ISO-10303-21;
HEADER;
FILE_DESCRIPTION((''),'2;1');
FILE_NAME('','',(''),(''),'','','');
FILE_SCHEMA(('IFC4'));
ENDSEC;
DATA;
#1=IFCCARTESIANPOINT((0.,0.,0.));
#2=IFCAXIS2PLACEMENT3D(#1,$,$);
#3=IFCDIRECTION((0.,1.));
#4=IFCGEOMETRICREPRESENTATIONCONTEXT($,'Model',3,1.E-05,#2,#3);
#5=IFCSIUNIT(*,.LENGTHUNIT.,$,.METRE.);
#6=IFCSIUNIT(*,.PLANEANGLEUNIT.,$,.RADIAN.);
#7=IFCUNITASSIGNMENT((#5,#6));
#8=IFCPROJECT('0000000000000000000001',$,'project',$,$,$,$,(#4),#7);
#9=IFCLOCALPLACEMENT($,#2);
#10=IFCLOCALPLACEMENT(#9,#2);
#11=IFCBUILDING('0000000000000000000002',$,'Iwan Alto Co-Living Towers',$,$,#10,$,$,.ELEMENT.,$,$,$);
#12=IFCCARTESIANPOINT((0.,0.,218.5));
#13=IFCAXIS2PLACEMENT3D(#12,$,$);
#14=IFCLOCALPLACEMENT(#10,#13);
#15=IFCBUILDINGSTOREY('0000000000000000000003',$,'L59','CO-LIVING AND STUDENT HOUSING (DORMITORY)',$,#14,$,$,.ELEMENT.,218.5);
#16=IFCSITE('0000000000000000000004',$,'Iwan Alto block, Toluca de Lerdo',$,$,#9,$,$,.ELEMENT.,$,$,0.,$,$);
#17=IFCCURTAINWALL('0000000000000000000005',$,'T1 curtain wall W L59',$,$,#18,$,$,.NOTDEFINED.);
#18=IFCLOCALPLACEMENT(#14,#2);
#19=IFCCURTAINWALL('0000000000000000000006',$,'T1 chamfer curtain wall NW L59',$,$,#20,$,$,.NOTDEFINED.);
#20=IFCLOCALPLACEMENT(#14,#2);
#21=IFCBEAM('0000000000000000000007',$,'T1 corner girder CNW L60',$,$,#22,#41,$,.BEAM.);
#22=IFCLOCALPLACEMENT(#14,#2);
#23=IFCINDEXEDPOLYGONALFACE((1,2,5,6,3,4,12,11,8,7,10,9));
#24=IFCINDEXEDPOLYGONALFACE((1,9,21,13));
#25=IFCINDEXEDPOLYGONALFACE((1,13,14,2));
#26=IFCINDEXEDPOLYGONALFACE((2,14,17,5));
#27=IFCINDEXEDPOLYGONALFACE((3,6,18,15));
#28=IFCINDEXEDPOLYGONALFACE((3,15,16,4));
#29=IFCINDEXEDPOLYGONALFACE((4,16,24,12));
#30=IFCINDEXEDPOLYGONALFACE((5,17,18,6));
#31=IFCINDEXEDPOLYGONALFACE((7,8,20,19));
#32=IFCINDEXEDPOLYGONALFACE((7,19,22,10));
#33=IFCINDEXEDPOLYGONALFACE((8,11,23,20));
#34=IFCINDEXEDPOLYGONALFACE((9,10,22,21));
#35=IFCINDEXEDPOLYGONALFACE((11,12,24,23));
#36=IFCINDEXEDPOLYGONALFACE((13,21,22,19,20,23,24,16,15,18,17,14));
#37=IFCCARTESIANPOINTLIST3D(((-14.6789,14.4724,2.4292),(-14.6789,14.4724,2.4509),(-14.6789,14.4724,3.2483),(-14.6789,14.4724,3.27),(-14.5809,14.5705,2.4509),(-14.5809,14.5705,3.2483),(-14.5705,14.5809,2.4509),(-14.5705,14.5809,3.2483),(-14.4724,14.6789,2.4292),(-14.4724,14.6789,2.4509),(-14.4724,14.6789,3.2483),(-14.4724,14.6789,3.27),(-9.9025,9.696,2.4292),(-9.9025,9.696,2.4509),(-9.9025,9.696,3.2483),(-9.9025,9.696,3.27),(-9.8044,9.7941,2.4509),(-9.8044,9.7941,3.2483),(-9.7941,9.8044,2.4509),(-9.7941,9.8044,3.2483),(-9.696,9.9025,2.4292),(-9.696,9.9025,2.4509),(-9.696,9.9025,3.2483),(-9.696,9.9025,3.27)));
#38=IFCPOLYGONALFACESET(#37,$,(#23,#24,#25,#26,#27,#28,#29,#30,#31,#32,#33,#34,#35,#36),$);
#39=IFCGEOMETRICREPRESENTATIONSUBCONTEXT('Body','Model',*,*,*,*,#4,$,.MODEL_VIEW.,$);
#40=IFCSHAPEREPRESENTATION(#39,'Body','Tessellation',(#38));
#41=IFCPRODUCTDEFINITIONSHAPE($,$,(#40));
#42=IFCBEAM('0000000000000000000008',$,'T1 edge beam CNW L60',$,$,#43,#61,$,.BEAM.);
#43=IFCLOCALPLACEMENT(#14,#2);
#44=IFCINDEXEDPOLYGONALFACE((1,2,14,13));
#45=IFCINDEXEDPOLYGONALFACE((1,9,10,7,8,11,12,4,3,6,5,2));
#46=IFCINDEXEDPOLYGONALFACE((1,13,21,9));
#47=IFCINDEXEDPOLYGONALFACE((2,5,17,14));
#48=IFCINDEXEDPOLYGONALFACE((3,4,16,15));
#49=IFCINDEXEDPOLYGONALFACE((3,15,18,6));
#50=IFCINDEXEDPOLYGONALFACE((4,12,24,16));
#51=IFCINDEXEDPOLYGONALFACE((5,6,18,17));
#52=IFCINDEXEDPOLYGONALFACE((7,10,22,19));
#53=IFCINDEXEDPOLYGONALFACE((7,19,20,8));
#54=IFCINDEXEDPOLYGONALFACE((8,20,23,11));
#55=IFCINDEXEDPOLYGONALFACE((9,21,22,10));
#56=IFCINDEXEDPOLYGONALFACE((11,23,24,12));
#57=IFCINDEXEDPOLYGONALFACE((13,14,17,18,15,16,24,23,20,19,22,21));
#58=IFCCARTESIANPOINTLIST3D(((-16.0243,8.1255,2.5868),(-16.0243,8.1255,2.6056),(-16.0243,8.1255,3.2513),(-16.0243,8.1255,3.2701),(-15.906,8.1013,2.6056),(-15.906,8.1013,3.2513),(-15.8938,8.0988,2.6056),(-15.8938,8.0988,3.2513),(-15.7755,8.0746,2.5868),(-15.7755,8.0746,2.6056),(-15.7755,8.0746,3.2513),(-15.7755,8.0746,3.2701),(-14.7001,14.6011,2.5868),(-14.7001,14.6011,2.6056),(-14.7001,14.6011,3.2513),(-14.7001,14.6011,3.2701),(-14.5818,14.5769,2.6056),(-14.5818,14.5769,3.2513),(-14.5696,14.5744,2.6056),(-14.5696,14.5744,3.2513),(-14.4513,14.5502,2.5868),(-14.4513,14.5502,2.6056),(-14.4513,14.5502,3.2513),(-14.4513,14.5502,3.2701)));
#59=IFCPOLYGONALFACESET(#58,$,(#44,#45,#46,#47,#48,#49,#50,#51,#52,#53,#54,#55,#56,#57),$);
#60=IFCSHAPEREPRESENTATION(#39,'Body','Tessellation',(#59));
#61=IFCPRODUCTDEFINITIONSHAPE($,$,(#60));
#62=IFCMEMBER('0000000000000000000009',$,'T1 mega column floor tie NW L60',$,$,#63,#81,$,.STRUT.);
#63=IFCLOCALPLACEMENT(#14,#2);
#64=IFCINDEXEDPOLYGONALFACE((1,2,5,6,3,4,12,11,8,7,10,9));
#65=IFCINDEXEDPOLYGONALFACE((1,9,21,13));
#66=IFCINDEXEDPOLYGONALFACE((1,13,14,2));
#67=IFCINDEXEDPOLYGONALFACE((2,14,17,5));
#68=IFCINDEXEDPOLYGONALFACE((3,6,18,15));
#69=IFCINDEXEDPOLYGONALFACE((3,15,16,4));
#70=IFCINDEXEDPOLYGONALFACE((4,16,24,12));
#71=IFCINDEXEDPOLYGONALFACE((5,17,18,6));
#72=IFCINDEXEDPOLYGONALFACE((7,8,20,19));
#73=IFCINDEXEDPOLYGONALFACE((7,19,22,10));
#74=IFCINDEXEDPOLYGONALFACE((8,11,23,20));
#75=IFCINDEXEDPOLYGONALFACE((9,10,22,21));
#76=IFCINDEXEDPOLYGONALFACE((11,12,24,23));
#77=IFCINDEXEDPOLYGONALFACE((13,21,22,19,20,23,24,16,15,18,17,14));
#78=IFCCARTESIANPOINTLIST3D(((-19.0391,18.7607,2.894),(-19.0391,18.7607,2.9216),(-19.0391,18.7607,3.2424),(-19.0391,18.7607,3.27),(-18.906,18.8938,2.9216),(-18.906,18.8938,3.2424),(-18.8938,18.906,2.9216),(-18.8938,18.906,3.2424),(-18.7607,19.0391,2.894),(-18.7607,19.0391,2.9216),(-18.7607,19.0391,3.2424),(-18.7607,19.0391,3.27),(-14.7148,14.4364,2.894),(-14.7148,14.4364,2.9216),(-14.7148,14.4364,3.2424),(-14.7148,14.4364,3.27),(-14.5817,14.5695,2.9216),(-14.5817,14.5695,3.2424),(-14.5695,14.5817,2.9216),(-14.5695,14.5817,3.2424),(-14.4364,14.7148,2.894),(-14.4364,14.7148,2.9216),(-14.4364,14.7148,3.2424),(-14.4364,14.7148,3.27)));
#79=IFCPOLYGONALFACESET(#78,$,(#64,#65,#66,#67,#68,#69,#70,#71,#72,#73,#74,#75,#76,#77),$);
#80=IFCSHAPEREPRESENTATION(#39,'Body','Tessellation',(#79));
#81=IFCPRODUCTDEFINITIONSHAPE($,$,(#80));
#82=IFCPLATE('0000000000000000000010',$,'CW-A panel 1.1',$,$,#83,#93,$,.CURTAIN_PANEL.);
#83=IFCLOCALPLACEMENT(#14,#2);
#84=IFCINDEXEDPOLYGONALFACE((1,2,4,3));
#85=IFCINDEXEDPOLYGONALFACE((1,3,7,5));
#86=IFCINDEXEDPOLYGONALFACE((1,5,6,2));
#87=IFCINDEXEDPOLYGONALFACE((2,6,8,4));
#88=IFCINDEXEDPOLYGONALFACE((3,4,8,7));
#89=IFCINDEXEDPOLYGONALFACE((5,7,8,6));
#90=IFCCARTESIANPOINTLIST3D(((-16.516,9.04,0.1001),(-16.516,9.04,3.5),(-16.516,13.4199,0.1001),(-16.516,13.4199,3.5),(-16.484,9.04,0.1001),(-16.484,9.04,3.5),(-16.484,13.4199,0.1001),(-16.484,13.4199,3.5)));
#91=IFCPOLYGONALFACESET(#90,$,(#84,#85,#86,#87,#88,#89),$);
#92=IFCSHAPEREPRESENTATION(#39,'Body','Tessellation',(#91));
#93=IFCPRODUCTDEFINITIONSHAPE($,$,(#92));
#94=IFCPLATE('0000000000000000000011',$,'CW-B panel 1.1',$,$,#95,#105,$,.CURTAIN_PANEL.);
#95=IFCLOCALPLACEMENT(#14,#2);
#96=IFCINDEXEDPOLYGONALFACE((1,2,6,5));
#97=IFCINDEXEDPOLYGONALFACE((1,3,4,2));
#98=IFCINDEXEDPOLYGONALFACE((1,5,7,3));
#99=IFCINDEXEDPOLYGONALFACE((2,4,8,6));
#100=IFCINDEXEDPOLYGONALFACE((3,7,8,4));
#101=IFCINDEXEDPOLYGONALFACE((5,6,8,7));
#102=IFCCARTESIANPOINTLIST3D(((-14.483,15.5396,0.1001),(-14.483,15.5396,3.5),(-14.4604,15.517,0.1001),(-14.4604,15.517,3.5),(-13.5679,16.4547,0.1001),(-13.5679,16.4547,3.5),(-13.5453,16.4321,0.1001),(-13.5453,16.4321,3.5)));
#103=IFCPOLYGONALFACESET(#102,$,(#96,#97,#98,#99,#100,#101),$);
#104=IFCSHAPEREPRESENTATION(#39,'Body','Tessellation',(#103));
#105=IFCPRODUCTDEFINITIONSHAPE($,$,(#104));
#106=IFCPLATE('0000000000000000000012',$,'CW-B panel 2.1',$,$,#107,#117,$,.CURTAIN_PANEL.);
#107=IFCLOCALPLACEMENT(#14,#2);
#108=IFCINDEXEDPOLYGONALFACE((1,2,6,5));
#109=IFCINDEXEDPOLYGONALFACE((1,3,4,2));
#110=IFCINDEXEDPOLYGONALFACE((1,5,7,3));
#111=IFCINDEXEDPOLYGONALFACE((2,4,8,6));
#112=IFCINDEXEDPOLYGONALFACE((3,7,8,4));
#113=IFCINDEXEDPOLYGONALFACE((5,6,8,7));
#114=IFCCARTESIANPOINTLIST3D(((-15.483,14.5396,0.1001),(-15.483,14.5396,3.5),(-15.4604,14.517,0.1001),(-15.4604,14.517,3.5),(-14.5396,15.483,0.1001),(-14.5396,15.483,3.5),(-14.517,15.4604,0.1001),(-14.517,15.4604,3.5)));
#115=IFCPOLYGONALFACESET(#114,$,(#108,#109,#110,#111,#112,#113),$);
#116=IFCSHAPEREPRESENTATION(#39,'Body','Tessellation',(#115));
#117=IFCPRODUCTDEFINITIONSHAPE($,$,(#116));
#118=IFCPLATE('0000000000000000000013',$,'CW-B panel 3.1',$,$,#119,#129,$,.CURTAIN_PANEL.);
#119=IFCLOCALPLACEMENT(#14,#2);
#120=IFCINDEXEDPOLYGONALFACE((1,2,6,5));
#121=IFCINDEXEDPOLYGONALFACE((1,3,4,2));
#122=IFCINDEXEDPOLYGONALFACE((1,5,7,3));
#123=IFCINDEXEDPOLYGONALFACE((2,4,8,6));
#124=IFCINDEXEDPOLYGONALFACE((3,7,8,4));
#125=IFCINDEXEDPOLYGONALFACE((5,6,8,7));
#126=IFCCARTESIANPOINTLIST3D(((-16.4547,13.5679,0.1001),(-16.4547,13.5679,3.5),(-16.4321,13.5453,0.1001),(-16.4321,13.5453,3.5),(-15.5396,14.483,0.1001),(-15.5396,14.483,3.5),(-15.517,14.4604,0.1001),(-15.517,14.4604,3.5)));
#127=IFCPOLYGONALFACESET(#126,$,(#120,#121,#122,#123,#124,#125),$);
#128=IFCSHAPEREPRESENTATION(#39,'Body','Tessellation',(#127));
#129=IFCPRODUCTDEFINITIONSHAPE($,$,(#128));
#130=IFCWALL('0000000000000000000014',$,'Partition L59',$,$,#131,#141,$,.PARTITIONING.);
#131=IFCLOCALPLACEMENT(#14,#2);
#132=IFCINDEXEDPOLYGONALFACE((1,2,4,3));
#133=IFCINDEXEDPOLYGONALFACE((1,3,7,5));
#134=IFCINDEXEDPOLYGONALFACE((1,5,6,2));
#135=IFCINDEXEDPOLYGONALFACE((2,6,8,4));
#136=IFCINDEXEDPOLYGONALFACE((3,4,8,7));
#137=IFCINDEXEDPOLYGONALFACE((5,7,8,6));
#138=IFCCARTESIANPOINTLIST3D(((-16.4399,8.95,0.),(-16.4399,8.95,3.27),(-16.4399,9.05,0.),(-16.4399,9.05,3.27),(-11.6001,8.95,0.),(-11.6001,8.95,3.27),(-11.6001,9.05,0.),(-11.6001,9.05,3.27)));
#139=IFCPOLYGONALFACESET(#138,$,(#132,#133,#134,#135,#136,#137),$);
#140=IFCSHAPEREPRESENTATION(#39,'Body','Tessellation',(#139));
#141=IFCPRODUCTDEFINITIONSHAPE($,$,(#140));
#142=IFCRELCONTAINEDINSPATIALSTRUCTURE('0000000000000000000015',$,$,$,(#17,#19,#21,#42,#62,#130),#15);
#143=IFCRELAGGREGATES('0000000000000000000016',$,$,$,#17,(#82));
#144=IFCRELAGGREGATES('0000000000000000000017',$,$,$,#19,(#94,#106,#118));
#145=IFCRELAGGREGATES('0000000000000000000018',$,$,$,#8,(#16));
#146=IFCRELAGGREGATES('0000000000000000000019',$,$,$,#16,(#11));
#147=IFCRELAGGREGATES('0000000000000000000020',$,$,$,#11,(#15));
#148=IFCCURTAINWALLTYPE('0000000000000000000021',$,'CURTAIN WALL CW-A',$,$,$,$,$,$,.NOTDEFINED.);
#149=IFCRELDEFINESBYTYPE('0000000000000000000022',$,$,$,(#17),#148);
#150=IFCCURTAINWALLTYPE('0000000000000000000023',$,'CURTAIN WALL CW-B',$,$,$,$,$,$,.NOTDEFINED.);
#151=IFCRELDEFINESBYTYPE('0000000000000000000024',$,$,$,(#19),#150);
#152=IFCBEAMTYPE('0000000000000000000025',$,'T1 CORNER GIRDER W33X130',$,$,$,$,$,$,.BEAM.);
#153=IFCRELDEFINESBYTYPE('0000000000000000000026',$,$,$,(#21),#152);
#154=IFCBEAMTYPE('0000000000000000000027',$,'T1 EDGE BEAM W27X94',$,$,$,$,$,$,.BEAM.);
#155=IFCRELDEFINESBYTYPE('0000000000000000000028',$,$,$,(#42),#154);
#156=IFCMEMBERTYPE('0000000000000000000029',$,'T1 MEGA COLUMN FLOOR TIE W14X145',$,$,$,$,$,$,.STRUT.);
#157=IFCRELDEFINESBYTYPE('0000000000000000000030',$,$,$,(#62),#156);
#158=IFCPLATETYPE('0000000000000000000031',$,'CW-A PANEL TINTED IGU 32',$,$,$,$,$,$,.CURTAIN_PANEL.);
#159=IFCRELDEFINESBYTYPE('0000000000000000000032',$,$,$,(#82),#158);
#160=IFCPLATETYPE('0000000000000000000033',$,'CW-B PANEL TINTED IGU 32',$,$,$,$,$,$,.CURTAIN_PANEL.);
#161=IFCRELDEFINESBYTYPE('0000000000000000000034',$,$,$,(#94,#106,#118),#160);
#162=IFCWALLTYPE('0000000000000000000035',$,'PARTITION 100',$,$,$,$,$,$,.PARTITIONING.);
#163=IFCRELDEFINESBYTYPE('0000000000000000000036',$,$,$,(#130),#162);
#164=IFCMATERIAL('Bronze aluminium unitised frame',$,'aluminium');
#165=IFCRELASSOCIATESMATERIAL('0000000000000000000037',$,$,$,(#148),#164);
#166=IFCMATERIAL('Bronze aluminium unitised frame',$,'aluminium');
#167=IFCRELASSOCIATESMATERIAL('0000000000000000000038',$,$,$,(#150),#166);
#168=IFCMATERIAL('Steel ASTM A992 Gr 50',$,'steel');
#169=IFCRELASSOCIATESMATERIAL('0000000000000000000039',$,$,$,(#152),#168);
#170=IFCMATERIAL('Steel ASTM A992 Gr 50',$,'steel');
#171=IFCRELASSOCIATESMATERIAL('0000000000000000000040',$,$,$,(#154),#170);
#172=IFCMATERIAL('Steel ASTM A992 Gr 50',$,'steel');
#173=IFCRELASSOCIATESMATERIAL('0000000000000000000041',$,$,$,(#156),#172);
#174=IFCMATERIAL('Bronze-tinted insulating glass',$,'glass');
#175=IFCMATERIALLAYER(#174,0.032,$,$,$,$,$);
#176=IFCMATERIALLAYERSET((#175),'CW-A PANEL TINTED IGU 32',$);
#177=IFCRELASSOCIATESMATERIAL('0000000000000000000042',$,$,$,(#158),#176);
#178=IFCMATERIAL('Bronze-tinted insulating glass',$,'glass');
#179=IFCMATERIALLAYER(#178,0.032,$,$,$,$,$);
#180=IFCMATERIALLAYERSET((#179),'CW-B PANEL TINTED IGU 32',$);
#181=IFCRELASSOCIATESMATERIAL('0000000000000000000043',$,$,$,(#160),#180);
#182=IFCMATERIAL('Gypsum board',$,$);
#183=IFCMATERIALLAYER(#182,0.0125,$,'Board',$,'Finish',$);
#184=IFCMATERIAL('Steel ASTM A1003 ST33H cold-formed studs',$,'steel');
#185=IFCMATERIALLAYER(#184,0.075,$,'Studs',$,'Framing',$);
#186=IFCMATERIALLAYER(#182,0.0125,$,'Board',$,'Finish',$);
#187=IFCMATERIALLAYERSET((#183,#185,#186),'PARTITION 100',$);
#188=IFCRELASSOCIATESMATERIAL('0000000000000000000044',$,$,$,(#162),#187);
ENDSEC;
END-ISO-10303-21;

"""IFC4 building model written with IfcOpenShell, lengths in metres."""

from ifc_helpers import new_model, si_unit, direction, frame, frame_2d, origin, origin_2d, place, context, subcontext, project, spatial, rectangle, i_section, extrude, material, layer, layer_set, material_profile, profile_set, type_object, element, aggregate, save


model = new_model("IFC4")

# Units and contexts
model_context = context("Model", 3, precision=1e-05, world=origin(), true_north=direction((0.0, 1.0)))
body_context = subcontext(model_context, "Body", "Model", "MODEL_VIEW")
ifc_project = project(units=[si_unit("LENGTHUNIT", "METRE"), si_unit("PLANEANGLEUNIT", "RADIAN")], contexts=[model_context])

# Site, building, storey
site_placement = place(None, origin())
site = spatial("IfcSite", under=ifc_project, at=site_placement, Name="Iwan Alto block, Toluca de Lerdo", CompositionType="ELEMENT", RefElevation=0.0)
building_placement = place(site_placement, origin())
building = spatial("IfcBuilding", under=site, at=building_placement, Name="Iwan Alto Co-Living Towers", CompositionType="ELEMENT")
storey_placement = place(building_placement, frame((0.0, 0.0, 218.5)))
storey = spatial("IfcBuildingStorey", under=building, at=storey_placement, Name="L59", Description="CO-LIVING AND STUDENT HOUSING (DORMITORY)", CompositionType="ELEMENT", Elevation=218.5)

# Curtain walls
ifc_material_1 = material(Name="Bronze aluminium unitised frame", Category="aluminium")
curtain_wall_type_1 = type_object("IfcCurtainWallType", Name="CURTAIN WALL CW-A", PredefinedType="NOTDEFINED", material=ifc_material_1)
curtain_wall_1_placement = place(storey_placement, origin())
curtain_wall_1 = element("IfcCurtainWall", 1, at=curtain_wall_1_placement, inside=storey, type_object=curtain_wall_type_1, Name="T1 curtain wall W L59", PredefinedType="NOTDEFINED")
ifc_material_2 = material(Name="Bronze aluminium unitised frame", Category="aluminium")
curtain_wall_type_2 = type_object("IfcCurtainWallType", Name="CURTAIN WALL CW-B", PredefinedType="NOTDEFINED", material=ifc_material_2)
curtain_wall_2_placement = place(storey_placement, origin())
curtain_wall_2 = element("IfcCurtainWall", 2, at=curtain_wall_2_placement, inside=storey, type_object=curtain_wall_type_2, Name="T1 chamfer curtain wall NW L59", PredefinedType="NOTDEFINED")

# Beams
ifc_material_3 = material(Name="Steel ASTM A992 Gr 50", Category="steel")
ifc_material_profile_1 = material_profile(ifc_material_3, i_section(OverallWidth=0.292, OverallDepth=0.8408, WebThickness=0.0146, FlangeThickness=0.0217, at=origin_2d()), Name="W33X130")
ifc_profile_set_1 = profile_set([ifc_material_profile_1], Name="Steel ASTM A992 Gr 50")
beam_type_1 = type_object("IfcBeamType", Name="T1 CORNER GIRDER W33X130", PredefinedType="BEAM", material=ifc_profile_set_1)
beam_1_placement = place(storey_placement, frame((-14.5757, 14.5757, 2.8496), z_axis=(0.707107, -0.707107, 0.0), x_axis=(0.707107, 0.707107, 0.0)))
element("IfcBeam", 3, at=beam_1_placement, inside=storey, type_object=beam_type_1, Name="T1 corner girder CNW L60", PredefinedType="BEAM", context=body_context, shape_type="SweptSolid", body=[
    extrude(i_section(OverallWidth=0.292, OverallDepth=0.8408, WebThickness=0.0146, FlangeThickness=0.0217, at=origin_2d()), origin(), (0.0, 0.0, 1.0), 6.7549),
])
ifc_material_4 = material(Name="Steel ASTM A992 Gr 50", Category="steel")
ifc_material_profile_2 = material_profile(ifc_material_4, i_section(OverallWidth=0.2539, OverallDepth=0.6833, WebThickness=0.0125, FlangeThickness=0.0188, at=origin_2d()), Name="W27X94")
ifc_profile_set_2 = profile_set([ifc_material_profile_2], Name="Steel ASTM A992 Gr 50")
beam_type_2 = type_object("IfcBeamType", Name="T1 EDGE BEAM W27X94", PredefinedType="BEAM", material=ifc_profile_set_2)
beam_2_placement = place(storey_placement, frame((-14.5757, 14.5757, 2.9285), z_axis=(-0.200348, -0.979725, 0.0), x_axis=(0.979725, -0.200348, 0.0)))
element("IfcBeam", 4, at=beam_2_placement, inside=storey, type_object=beam_type_2, Name="T1 edge beam CNW L60", PredefinedType="BEAM", context=body_context, shape_type="SweptSolid", body=[
    extrude(i_section(OverallWidth=0.2539, OverallDepth=0.6833, WebThickness=0.0125, FlangeThickness=0.0188, at=origin_2d()), origin(), (0.0, 0.0, 1.0), 6.6096),
])

# Member
ifc_material_5 = material(Name="Steel ASTM A992 Gr 50", Category="steel")
ifc_material_profile_3 = material_profile(ifc_material_5, i_section(OverallWidth=0.3938, OverallDepth=0.376, WebThickness=0.0173, FlangeThickness=0.0276, at=origin_2d()), Name="W14X145")
ifc_profile_set_3 = profile_set([ifc_material_profile_3], Name="Steel ASTM A992 Gr 50")
member_type_1 = type_object("IfcMemberType", Name="T1 MEGA COLUMN FLOOR TIE W14X145", PredefinedType="STRUT", material=ifc_profile_set_3)
member_1_placement = place(storey_placement, frame((-18.8999, 18.8999, 3.082), z_axis=(0.707107, -0.707107, 0.0), x_axis=(0.707107, 0.707107, 0.0)))
element("IfcMember", 5, at=member_1_placement, inside=storey, type_object=member_type_1, Name="T1 mega column floor tie NW L60", PredefinedType="STRUT", context=body_context, shape_type="SweptSolid", body=[
    extrude(i_section(OverallWidth=0.3938, OverallDepth=0.376, WebThickness=0.0173, FlangeThickness=0.0276, at=origin_2d()), origin(), (0.0, 0.0, 1.0), 6.1155),
])

# Plates
ifc_material_6 = material(Name="Bronze-tinted insulating glass", Category="glass")
ifc_layer_1 = layer(ifc_material_6, 0.032)
ifc_layer_set_1 = layer_set([ifc_layer_1], Name="CW-A PANEL TINTED IGU 32")
plate_type_1 = type_object("IfcPlateType", Name="CW-A PANEL TINTED IGU 32", PredefinedType="CURTAIN_PANEL", material=ifc_layer_set_1)
plate_1_placement = place(storey_placement, frame((-16.5, 11.23, 0.1001), z_axis=(0.0, 0.0, 1.0), x_axis=(0.0, -1.0, 0.0)))
plate_1 = element("IfcPlate", 6, at=plate_1_placement, type_object=plate_type_1, Name="CW-A panel 1.1", PredefinedType="CURTAIN_PANEL", context=body_context, shape_type="SweptSolid", body=[
    extrude(rectangle(XDim=4.3799, YDim=0.032, at=origin_2d()), origin(), (0.0, 0.0, 1.0), 3.3999),
])
aggregate(curtain_wall_1, [plate_1])
ifc_material_7 = material(Name="Bronze-tinted insulating glass", Category="glass")
ifc_layer_2 = layer(ifc_material_7, 0.032)
ifc_layer_set_2 = layer_set([ifc_layer_2], Name="CW-B PANEL TINTED IGU 32")
plate_type_2 = type_object("IfcPlateType", Name="CW-B PANEL TINTED IGU 32", PredefinedType="CURTAIN_PANEL", material=ifc_layer_set_2)
plate_2_placement = place(storey_placement, frame((-14.0142, 15.9858, 0.1001), z_axis=(0.0, 0.0, 1.0), x_axis=(-0.707107, -0.707107, 0.0)))
plate_2 = element("IfcPlate", 7, at=plate_2_placement, type_object=plate_type_2, Name="CW-B panel 1.1", PredefinedType="CURTAIN_PANEL", context=body_context, shape_type="SweptSolid", body=[
    extrude(rectangle(XDim=1.2942, YDim=0.032, at=origin_2d()), origin(), (0.0, 0.0, 1.0), 3.3999),
])
plate_3_placement = place(storey_placement, frame((-15.0, 15.0, 0.1001), z_axis=(0.0, 0.0, 1.0), x_axis=(-0.707107, -0.707107, 0.0)))
plate_3 = element("IfcPlate", 8, at=plate_3_placement, type_object=plate_type_2, Name="CW-B panel 2.1", PredefinedType="CURTAIN_PANEL", context=body_context, shape_type="SweptSolid", body=[
    extrude(rectangle(XDim=1.3342, YDim=0.032, at=origin_2d()), origin(), (0.0, 0.0, 1.0), 3.3999),
])
plate_4_placement = place(storey_placement, frame((-15.9858, 14.0142, 0.1001), z_axis=(0.0, 0.0, 1.0), x_axis=(-0.707107, -0.707107, 0.0)))
plate_4 = element("IfcPlate", 9, at=plate_4_placement, type_object=plate_type_2, Name="CW-B panel 3.1", PredefinedType="CURTAIN_PANEL", context=body_context, shape_type="SweptSolid", body=[
    extrude(rectangle(XDim=1.2942, YDim=0.032, at=origin_2d()), origin(), (0.0, 0.0, 1.0), 3.3999),
])
aggregate(curtain_wall_2, [plate_2, plate_3, plate_4])

# Wall
ifc_material_8 = material(Name="Gypsum board")
ifc_layer_3 = layer(ifc_material_8, 0.0125, Name="Board", Category="Finish")
ifc_material_9 = material(Name="Steel ASTM A1003 ST33H cold-formed studs", Category="steel")
ifc_layer_4 = layer(ifc_material_9, 0.075, Name="Studs", Category="Framing")
ifc_layer_5 = layer(ifc_material_8, 0.0125, Name="Board", Category="Finish")
ifc_layer_set_3 = layer_set([ifc_layer_3, ifc_layer_4, ifc_layer_5], Name="PARTITION 100")
wall_type = type_object("IfcWallType", Name="PARTITION 100", PredefinedType="PARTITIONING", material=ifc_layer_set_3)
wall_placement = place(storey_placement, frame((-16.4399, 9.0, 0.0), z_axis=(0.0, 0.0, 1.0), x_axis=(1.0, 0.0, 0.0)))
element("IfcWall", 10, at=wall_placement, inside=storey, type_object=wall_type, Name="Partition L59", PredefinedType="PARTITIONING", context=body_context, shape_type="SweptSolid", body=[
    extrude(rectangle(XDim=4.8398, YDim=0.1001, at=frame_2d((2.4199, 0.0))), origin(), (0.0, 0.0, 1.0), 3.27),
])

save(model, "model.ifc")
